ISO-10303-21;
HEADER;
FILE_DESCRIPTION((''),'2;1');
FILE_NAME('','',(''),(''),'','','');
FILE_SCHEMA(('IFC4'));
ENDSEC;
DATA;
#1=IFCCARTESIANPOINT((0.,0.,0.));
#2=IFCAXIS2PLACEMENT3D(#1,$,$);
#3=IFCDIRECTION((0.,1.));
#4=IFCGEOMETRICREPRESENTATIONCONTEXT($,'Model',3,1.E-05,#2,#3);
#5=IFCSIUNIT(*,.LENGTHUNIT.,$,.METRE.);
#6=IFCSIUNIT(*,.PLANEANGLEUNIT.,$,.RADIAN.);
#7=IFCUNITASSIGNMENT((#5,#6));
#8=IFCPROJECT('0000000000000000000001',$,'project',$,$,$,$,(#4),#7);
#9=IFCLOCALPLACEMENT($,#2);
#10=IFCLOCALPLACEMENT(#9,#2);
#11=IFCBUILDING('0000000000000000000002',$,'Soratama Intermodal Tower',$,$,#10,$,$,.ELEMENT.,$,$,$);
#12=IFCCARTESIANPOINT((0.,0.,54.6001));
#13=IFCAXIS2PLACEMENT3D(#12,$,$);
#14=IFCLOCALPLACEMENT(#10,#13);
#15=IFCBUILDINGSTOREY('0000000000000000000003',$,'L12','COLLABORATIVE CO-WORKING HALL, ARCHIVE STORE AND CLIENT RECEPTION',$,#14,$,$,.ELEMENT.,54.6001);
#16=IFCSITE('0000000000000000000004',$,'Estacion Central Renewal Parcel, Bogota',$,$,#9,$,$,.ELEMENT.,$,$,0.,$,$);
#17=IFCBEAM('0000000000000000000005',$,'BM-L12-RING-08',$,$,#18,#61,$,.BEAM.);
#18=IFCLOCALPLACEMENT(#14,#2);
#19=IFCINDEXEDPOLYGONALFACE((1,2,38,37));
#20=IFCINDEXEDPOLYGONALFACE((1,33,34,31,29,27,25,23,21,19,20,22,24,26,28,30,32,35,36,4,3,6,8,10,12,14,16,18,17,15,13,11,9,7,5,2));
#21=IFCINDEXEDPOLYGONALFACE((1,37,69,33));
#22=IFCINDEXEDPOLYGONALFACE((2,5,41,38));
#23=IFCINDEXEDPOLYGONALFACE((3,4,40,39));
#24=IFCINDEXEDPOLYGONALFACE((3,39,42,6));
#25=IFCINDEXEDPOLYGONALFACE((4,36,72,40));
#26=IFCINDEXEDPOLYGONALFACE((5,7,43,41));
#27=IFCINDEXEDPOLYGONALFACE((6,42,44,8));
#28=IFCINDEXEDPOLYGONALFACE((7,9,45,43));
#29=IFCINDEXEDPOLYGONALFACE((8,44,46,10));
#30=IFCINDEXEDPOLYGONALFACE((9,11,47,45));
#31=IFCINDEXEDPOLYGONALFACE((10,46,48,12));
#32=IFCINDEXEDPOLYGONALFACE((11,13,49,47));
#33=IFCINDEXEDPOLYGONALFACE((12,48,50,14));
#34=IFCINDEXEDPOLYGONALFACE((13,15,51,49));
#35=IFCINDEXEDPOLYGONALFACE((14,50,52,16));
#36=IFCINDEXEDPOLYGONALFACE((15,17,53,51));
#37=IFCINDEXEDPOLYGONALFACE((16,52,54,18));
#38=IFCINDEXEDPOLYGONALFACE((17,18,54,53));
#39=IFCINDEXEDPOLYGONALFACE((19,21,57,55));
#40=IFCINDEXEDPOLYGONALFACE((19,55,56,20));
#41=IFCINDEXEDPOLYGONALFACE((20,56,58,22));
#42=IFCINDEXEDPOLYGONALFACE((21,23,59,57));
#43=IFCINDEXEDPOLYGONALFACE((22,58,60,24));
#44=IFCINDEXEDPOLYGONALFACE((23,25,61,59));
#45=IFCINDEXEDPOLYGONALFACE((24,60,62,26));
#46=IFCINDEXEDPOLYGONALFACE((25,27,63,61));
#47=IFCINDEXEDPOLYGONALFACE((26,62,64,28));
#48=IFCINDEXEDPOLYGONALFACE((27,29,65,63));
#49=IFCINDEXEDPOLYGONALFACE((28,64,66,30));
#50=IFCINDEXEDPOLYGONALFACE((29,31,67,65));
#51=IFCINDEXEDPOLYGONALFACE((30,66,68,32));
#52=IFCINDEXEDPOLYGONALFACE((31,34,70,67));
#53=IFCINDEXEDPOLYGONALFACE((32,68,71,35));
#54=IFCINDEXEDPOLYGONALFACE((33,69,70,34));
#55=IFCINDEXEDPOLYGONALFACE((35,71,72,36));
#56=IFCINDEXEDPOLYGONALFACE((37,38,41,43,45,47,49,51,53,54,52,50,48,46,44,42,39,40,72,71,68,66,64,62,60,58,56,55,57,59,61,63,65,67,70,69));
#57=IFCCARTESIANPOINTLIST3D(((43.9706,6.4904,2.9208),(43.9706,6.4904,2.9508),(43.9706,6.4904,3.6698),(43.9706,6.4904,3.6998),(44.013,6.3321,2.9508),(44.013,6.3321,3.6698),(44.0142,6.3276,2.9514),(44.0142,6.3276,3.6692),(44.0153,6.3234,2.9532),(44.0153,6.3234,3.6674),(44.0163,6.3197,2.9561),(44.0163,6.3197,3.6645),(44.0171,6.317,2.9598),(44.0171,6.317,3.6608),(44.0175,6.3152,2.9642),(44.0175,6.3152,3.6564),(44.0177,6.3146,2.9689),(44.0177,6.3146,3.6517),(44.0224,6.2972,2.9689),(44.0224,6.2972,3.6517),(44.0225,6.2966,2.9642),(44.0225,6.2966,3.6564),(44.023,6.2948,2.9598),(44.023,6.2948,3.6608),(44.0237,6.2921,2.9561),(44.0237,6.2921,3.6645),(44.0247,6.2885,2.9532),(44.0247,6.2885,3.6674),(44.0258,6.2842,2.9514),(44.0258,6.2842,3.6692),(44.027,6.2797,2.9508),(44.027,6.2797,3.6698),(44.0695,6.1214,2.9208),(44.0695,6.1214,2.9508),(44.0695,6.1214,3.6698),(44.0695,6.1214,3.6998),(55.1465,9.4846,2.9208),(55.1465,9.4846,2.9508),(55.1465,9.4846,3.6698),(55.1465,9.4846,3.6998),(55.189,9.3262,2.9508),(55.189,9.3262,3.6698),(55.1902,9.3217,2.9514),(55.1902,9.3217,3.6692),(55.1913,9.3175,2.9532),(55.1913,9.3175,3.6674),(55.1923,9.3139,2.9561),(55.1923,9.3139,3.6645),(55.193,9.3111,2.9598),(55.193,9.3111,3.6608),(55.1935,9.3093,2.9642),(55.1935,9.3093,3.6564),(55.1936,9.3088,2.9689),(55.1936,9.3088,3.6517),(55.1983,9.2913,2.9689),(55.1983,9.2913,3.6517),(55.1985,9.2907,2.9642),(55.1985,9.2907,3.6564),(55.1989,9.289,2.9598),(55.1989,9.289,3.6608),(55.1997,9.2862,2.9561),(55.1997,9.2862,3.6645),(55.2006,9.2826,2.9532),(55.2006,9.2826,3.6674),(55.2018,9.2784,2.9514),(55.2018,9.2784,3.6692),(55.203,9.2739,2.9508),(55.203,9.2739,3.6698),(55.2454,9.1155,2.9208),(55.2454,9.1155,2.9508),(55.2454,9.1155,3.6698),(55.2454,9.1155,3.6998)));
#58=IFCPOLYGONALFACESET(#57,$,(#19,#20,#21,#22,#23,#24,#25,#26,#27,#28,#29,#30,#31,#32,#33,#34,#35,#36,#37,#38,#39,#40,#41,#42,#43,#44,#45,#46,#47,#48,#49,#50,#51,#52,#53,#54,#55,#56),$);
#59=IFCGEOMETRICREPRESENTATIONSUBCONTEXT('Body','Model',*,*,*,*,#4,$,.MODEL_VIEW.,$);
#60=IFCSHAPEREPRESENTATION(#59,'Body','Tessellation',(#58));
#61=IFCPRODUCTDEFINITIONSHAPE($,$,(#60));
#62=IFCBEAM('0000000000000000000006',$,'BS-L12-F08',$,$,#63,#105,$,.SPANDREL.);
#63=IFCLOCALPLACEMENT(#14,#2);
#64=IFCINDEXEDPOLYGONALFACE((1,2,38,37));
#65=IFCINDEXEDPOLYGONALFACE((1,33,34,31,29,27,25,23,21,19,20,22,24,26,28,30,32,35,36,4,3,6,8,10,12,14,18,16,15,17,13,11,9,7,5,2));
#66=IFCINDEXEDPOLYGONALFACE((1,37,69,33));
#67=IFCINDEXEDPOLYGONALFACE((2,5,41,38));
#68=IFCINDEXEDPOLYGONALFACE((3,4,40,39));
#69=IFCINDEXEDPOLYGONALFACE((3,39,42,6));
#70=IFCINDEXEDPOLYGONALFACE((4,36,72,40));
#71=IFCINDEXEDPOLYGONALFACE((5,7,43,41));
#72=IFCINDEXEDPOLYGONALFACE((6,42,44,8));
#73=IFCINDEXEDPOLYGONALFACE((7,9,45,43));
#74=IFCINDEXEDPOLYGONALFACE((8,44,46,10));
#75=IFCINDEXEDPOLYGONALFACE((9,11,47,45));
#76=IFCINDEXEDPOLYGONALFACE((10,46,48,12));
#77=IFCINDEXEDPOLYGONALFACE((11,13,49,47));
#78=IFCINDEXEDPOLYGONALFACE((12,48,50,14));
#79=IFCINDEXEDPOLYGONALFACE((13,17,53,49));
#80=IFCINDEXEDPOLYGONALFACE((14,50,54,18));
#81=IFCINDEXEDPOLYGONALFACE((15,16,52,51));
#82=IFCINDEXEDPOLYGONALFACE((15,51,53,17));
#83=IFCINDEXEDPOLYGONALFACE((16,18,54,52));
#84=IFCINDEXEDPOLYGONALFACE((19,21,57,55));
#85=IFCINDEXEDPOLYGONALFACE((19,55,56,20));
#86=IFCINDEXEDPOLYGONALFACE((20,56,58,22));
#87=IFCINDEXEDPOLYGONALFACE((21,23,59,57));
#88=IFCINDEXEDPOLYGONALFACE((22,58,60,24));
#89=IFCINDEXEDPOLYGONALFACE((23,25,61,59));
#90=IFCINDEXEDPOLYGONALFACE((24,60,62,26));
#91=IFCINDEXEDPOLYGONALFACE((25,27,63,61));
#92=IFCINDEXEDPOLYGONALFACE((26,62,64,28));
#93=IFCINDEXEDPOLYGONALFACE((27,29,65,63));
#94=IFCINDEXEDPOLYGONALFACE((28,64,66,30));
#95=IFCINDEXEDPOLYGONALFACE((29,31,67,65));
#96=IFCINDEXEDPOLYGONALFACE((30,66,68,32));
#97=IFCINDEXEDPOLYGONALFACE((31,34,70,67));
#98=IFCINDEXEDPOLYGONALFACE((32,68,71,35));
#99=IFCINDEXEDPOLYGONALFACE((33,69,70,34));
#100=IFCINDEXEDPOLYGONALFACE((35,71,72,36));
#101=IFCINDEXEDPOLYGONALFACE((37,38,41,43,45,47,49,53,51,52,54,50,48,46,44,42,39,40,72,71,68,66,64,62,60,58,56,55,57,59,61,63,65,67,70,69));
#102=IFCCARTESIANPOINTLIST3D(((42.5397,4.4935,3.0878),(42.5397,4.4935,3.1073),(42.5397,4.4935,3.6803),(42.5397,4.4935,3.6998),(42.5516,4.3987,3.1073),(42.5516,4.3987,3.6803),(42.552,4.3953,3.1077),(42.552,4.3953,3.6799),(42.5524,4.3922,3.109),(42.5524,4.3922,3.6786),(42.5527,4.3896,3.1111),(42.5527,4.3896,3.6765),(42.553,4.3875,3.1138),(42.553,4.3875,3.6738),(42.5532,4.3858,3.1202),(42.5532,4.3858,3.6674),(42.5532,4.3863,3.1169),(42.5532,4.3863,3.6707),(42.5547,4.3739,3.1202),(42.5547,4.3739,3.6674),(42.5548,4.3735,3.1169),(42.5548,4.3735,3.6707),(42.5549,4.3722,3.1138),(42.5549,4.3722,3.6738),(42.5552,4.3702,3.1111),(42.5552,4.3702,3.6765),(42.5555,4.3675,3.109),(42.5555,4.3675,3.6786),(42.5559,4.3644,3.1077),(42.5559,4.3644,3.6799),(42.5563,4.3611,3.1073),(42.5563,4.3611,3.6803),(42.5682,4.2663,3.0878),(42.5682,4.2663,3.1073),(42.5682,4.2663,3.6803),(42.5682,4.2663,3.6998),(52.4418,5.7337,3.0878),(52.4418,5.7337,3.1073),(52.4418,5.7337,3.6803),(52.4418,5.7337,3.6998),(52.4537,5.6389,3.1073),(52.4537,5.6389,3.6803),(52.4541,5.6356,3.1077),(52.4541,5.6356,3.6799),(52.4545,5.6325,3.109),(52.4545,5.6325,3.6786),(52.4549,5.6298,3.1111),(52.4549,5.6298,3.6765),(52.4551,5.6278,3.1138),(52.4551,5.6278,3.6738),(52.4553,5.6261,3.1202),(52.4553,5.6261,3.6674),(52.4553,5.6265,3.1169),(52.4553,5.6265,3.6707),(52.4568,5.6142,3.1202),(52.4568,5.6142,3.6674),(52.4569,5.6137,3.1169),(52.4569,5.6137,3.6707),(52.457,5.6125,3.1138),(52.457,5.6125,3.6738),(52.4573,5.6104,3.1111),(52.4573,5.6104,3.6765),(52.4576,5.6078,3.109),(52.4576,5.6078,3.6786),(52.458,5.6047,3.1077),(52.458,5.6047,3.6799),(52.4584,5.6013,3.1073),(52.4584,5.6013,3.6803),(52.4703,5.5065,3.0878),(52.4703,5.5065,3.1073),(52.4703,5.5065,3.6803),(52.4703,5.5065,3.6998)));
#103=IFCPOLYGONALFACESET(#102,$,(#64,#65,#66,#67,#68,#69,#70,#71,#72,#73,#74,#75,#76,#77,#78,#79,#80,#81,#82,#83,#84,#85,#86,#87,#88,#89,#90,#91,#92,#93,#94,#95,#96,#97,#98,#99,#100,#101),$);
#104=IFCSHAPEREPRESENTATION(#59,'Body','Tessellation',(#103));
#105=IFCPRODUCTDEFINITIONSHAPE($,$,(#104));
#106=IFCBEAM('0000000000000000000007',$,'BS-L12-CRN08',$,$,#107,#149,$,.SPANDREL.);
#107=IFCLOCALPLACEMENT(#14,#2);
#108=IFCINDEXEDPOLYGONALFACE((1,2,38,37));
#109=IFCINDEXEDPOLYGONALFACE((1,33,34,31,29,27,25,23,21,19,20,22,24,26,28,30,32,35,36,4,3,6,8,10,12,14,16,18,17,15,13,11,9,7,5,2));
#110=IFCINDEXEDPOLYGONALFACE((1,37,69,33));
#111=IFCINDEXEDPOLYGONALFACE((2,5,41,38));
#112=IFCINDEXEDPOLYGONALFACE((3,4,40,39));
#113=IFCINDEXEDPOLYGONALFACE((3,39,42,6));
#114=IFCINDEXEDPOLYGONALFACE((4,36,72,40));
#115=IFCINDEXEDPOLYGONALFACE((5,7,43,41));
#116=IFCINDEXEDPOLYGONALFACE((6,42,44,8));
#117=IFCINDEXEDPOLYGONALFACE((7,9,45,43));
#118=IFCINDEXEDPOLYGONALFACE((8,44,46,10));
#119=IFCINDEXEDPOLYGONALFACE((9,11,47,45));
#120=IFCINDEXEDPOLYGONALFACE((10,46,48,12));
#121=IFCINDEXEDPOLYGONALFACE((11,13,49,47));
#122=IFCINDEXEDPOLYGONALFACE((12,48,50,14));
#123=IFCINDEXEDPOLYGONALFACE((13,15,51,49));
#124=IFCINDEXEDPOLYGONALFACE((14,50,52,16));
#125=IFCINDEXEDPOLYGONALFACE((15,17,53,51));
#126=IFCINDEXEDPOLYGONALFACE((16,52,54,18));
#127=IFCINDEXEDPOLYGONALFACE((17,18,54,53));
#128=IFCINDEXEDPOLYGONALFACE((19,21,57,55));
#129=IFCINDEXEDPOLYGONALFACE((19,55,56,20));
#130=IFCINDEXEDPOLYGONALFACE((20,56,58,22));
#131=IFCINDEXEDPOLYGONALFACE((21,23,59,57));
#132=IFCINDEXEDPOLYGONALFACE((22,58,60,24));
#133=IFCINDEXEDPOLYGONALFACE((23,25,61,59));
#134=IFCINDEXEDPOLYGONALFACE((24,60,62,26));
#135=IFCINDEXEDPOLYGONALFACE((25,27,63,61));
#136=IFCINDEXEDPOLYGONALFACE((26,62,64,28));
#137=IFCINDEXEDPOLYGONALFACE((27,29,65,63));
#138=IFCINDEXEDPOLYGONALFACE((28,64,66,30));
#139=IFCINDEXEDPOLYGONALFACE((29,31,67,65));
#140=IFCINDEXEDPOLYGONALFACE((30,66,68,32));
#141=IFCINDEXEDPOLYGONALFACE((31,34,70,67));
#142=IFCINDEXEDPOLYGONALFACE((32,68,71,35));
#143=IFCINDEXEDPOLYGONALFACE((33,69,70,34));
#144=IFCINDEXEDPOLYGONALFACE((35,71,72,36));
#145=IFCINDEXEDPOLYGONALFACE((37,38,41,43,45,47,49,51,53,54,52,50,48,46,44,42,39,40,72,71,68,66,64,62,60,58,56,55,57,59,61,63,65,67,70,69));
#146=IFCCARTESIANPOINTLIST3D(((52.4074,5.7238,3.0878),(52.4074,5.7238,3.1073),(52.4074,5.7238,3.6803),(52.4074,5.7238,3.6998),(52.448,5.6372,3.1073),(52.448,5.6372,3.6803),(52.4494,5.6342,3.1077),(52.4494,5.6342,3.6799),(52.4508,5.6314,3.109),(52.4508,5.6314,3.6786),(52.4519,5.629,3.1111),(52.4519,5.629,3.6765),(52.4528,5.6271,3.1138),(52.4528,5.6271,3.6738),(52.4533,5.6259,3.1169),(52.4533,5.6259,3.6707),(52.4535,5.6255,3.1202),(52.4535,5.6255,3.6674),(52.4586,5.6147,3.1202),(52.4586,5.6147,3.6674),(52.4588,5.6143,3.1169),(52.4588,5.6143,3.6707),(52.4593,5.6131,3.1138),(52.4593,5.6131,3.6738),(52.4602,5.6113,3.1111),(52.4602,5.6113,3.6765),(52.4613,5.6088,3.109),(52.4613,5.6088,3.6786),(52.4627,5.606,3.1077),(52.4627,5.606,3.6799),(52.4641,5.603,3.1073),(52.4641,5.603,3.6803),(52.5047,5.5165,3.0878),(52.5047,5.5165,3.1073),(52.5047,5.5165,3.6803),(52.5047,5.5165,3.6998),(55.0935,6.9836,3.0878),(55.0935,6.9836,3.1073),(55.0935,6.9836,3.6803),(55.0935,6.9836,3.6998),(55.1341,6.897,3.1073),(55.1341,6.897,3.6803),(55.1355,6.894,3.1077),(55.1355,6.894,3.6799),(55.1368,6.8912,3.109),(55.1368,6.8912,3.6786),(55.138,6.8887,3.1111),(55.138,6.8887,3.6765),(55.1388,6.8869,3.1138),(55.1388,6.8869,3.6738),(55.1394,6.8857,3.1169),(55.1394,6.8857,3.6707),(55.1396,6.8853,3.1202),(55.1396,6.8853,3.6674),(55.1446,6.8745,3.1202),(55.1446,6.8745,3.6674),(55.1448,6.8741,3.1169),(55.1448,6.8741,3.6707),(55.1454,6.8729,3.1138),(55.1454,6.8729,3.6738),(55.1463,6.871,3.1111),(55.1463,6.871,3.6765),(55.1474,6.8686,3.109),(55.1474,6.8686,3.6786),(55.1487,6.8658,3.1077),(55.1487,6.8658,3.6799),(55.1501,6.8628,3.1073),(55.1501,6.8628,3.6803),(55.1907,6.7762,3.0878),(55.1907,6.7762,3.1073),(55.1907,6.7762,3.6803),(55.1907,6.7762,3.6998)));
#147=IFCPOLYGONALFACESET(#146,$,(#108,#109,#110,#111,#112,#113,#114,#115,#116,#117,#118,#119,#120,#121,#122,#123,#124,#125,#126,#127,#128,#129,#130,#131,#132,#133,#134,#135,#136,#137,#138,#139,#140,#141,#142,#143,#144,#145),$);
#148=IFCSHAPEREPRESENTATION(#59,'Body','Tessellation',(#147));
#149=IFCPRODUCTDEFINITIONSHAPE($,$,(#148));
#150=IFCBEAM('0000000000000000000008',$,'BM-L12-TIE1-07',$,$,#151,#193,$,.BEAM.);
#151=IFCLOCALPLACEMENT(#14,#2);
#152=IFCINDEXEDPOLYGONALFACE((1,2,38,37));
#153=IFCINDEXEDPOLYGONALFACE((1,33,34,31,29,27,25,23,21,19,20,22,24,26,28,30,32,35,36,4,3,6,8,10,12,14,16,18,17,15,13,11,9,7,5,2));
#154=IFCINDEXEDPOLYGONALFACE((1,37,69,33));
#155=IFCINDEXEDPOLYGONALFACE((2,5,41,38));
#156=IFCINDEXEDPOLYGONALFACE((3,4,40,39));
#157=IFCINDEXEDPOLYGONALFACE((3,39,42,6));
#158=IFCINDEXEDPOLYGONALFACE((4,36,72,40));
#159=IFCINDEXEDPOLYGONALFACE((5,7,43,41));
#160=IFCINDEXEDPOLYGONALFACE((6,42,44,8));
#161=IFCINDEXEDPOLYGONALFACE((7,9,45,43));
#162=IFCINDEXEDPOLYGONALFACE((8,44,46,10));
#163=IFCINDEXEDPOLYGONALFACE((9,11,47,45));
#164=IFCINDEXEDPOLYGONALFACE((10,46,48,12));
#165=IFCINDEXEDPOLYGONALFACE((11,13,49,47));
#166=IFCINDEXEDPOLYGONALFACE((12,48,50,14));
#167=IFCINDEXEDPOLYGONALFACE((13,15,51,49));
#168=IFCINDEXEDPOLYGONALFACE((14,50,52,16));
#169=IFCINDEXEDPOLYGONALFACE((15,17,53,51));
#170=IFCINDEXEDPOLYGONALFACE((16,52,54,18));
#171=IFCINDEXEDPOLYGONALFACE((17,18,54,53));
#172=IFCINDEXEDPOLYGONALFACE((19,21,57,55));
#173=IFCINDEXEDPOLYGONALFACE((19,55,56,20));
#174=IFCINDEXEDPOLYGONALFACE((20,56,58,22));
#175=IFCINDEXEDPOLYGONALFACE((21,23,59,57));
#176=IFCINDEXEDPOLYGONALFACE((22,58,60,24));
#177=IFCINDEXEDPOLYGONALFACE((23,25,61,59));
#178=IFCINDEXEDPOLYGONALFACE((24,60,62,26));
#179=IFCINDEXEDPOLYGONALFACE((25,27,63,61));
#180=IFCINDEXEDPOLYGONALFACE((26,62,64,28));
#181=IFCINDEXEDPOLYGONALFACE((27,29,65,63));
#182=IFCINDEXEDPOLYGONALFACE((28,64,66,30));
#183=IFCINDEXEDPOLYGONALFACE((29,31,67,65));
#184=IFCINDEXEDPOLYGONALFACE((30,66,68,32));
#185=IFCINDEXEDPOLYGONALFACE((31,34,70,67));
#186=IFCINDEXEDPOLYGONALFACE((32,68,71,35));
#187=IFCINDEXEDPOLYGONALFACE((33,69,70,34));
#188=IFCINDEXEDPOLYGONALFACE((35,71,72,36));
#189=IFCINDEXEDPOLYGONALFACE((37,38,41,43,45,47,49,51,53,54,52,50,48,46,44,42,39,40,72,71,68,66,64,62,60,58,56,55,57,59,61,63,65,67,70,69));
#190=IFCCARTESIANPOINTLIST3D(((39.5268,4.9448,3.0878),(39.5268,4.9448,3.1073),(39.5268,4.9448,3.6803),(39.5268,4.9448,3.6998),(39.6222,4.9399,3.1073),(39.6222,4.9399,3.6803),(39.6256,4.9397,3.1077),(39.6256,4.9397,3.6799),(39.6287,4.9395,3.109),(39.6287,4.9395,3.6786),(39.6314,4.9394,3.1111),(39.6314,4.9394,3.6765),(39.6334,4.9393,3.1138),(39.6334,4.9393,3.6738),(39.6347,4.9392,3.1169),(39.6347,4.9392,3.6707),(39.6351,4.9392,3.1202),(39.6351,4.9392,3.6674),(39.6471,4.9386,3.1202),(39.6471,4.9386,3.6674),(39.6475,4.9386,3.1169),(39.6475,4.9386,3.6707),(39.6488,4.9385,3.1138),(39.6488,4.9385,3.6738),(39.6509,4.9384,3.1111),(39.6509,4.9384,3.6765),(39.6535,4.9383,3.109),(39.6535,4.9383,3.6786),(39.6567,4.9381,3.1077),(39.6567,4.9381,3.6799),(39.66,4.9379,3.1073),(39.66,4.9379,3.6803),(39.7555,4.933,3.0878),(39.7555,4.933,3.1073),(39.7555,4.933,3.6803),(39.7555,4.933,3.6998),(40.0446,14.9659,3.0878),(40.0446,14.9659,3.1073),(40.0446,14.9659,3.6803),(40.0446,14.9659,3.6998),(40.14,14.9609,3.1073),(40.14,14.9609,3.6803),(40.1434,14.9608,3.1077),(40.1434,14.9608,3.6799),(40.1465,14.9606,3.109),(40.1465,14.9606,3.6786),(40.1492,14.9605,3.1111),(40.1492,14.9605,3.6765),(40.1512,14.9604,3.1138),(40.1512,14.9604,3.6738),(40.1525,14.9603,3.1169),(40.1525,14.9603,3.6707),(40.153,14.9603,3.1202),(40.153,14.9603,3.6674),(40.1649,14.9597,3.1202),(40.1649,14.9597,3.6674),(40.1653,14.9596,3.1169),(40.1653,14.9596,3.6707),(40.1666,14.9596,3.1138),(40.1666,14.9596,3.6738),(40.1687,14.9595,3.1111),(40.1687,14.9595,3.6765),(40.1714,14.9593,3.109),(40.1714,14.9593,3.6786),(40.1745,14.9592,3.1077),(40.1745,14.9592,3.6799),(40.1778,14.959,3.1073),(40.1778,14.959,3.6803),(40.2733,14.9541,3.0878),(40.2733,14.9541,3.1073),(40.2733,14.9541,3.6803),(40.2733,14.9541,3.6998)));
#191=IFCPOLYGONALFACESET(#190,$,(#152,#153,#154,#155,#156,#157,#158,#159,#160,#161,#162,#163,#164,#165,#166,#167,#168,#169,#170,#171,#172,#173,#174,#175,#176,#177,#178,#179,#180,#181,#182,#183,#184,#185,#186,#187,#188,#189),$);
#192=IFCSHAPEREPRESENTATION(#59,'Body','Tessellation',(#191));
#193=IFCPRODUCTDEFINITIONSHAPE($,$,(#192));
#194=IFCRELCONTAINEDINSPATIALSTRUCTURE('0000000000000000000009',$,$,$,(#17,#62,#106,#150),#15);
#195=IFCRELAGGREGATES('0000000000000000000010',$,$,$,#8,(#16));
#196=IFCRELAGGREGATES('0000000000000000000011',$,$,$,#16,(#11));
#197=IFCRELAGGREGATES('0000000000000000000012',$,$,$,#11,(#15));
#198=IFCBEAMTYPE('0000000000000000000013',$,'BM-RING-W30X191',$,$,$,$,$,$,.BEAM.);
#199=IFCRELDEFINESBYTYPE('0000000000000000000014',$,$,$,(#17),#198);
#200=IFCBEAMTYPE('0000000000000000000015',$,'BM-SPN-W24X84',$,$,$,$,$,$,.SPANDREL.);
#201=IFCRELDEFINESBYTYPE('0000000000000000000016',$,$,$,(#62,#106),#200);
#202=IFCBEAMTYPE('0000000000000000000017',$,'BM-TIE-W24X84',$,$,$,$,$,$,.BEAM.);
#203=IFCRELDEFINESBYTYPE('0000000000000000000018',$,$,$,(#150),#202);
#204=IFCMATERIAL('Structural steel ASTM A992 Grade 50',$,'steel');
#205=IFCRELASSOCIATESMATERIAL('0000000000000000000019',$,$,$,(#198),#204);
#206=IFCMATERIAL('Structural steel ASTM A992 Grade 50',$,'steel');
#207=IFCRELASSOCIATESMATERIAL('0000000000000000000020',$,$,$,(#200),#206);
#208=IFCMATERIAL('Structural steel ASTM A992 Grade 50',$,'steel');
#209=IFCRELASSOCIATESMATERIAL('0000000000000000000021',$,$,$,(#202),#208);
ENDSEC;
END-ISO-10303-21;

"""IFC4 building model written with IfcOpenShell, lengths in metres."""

from ifc_helpers import new_model, si_unit, direction, frame, origin, origin_2d, place, context, subcontext, project, spatial, i_section, extrude, material, material_profile, profile_set, type_object, element, save


model = new_model("IFC4")

# Units and contexts
model_context = context("Model", 3, precision=1e-05, world=origin(), true_north=direction((0.0, 1.0)))
body_context = subcontext(model_context, "Body", "Model", "MODEL_VIEW")
ifc_project = project(units=[si_unit("LENGTHUNIT", "METRE"), si_unit("PLANEANGLEUNIT", "RADIAN")], contexts=[model_context])

# Site, building, storey
site_placement = place(None, origin())
site = spatial("IfcSite", under=ifc_project, at=site_placement, Name="Estacion Central Renewal Parcel, Bogota", CompositionType="ELEMENT", RefElevation=0.0)
building_placement = place(site_placement, origin())
building = spatial("IfcBuilding", under=site, at=building_placement, Name="Soratama Intermodal Tower", CompositionType="ELEMENT")
storey_placement = place(building_placement, frame((0.0, 0.0, 54.6001)))
storey = spatial("IfcBuildingStorey", under=building, at=storey_placement, Name="L12", Description="COLLABORATIVE CO-WORKING HALL, ARCHIVE STORE AND CLIENT RECEPTION", CompositionType="ELEMENT", Elevation=54.6001)

# Beams
ifc_material_1 = material(Name="Structural steel ASTM A992 Grade 50", Category="steel")
ifc_material_profile_1 = material_profile(ifc_material_1, i_section(OverallWidth=0.3821, OverallDepth=0.7791, WebThickness=0.0181, FlangeThickness=0.03, FilletRadius=0.0181, at=origin_2d()), Name="W30X191")
ifc_profile_set_1 = profile_set([ifc_material_profile_1], Name="Structural steel ASTM A992 Grade 50")
beam_type_1 = type_object("IfcBeamType", Name="BM-RING-W30X191", PredefinedType="BEAM", material=ifc_profile_set_1)
beam_1_placement = place(storey_placement, frame((44.02, 6.3059, 3.3103), z_axis=(0.965936, 0.258781, 0.0), x_axis=(-0.258781, 0.965936, 0.0)))
element("IfcBeam", 1, at=beam_1_placement, inside=storey, type_object=beam_type_1, Name="BM-L12-RING-08", PredefinedType="BEAM", context=body_context, shape_type="SweptSolid", body=[
    extrude(i_section(OverallWidth=0.3821, OverallDepth=0.7791, WebThickness=0.0181, FlangeThickness=0.03, FilletRadius=0.0181, at=origin_2d()), origin(), (0.0, 0.0, 1.0), 11.5701),
])
ifc_material_2 = material(Name="Structural steel ASTM A992 Grade 50", Category="steel")
ifc_material_profile_2 = material_profile(ifc_material_2, i_section(OverallWidth=0.229, OverallDepth=0.6121, WebThickness=0.012, FlangeThickness=0.0195, FilletRadius=0.0129, at=origin_2d()), Name="W24X84")
ifc_profile_set_2 = profile_set([ifc_material_profile_2], Name="Structural steel ASTM A992 Grade 50")
beam_type_2 = type_object("IfcBeamType", Name="BM-SPN-W24X84", PredefinedType="SPANDREL", material=ifc_profile_set_2)
beam_2_placement = place(storey_placement, frame((42.554, 4.3799, 3.3938), z_axis=(0.992247, 0.124279, 0.0), x_axis=(-0.124279, 0.992247, 0.0)))
element("IfcBeam", 2, at=beam_2_placement, inside=storey, type_object=beam_type_2, Name="BS-L12-F08", PredefinedType="SPANDREL", context=body_context, shape_type="SweptSolid", body=[
    extrude(i_section(OverallWidth=0.229, OverallDepth=0.6121, WebThickness=0.012, FlangeThickness=0.0195, FilletRadius=0.0129, at=origin_2d()), origin(), (0.0, 0.0, 1.0), 9.9795),
])
beam_3_placement = place(storey_placement, frame((52.4561, 5.6201, 3.3938), z_axis=(0.90537, 0.424624, 0.0), x_axis=(-0.424624, 0.90537, 0.0)))
element("IfcBeam", 3, at=beam_3_placement, inside=storey, type_object=beam_type_2, Name="BS-L12-CRN08", PredefinedType="SPANDREL", context=body_context, shape_type="SweptSolid", body=[
    extrude(i_section(OverallWidth=0.229, OverallDepth=0.6121, WebThickness=0.012, FlangeThickness=0.0195, FilletRadius=0.0129, at=origin_2d()), origin(), (0.0, 0.0, 1.0), 2.9668),
])
ifc_material_3 = material(Name="Structural steel ASTM A992 Grade 50", Category="steel")
ifc_material_profile_3 = material_profile(ifc_material_3, i_section(OverallWidth=0.229, OverallDepth=0.6121, WebThickness=0.012, FlangeThickness=0.0195, FilletRadius=0.0129, at=origin_2d()), Name="W24X84")
ifc_profile_set_3 = profile_set([ifc_material_profile_3], Name="Structural steel ASTM A992 Grade 50")
beam_type_3 = type_object("IfcBeamType", Name="BM-TIE-W24X84", PredefinedType="BEAM", material=ifc_profile_set_3)
beam_4_placement = place(storey_placement, frame((40.1589, 14.96, 3.3938), z_axis=(-0.051605, -0.998668, 0.0), x_axis=(0.998668, -0.051605, 0.0)))
element("IfcBeam", 4, at=beam_4_placement, inside=storey, type_object=beam_type_3, Name="BM-L12-TIE1-07", PredefinedType="BEAM", context=body_context, shape_type="SweptSolid", body=[
    extrude(i_section(OverallWidth=0.229, OverallDepth=0.6121, WebThickness=0.012, FlangeThickness=0.0195, FilletRadius=0.0129, at=origin_2d()), origin(), (0.0, 0.0, 1.0), 10.0344),
])

save(model, "model.ifc")
